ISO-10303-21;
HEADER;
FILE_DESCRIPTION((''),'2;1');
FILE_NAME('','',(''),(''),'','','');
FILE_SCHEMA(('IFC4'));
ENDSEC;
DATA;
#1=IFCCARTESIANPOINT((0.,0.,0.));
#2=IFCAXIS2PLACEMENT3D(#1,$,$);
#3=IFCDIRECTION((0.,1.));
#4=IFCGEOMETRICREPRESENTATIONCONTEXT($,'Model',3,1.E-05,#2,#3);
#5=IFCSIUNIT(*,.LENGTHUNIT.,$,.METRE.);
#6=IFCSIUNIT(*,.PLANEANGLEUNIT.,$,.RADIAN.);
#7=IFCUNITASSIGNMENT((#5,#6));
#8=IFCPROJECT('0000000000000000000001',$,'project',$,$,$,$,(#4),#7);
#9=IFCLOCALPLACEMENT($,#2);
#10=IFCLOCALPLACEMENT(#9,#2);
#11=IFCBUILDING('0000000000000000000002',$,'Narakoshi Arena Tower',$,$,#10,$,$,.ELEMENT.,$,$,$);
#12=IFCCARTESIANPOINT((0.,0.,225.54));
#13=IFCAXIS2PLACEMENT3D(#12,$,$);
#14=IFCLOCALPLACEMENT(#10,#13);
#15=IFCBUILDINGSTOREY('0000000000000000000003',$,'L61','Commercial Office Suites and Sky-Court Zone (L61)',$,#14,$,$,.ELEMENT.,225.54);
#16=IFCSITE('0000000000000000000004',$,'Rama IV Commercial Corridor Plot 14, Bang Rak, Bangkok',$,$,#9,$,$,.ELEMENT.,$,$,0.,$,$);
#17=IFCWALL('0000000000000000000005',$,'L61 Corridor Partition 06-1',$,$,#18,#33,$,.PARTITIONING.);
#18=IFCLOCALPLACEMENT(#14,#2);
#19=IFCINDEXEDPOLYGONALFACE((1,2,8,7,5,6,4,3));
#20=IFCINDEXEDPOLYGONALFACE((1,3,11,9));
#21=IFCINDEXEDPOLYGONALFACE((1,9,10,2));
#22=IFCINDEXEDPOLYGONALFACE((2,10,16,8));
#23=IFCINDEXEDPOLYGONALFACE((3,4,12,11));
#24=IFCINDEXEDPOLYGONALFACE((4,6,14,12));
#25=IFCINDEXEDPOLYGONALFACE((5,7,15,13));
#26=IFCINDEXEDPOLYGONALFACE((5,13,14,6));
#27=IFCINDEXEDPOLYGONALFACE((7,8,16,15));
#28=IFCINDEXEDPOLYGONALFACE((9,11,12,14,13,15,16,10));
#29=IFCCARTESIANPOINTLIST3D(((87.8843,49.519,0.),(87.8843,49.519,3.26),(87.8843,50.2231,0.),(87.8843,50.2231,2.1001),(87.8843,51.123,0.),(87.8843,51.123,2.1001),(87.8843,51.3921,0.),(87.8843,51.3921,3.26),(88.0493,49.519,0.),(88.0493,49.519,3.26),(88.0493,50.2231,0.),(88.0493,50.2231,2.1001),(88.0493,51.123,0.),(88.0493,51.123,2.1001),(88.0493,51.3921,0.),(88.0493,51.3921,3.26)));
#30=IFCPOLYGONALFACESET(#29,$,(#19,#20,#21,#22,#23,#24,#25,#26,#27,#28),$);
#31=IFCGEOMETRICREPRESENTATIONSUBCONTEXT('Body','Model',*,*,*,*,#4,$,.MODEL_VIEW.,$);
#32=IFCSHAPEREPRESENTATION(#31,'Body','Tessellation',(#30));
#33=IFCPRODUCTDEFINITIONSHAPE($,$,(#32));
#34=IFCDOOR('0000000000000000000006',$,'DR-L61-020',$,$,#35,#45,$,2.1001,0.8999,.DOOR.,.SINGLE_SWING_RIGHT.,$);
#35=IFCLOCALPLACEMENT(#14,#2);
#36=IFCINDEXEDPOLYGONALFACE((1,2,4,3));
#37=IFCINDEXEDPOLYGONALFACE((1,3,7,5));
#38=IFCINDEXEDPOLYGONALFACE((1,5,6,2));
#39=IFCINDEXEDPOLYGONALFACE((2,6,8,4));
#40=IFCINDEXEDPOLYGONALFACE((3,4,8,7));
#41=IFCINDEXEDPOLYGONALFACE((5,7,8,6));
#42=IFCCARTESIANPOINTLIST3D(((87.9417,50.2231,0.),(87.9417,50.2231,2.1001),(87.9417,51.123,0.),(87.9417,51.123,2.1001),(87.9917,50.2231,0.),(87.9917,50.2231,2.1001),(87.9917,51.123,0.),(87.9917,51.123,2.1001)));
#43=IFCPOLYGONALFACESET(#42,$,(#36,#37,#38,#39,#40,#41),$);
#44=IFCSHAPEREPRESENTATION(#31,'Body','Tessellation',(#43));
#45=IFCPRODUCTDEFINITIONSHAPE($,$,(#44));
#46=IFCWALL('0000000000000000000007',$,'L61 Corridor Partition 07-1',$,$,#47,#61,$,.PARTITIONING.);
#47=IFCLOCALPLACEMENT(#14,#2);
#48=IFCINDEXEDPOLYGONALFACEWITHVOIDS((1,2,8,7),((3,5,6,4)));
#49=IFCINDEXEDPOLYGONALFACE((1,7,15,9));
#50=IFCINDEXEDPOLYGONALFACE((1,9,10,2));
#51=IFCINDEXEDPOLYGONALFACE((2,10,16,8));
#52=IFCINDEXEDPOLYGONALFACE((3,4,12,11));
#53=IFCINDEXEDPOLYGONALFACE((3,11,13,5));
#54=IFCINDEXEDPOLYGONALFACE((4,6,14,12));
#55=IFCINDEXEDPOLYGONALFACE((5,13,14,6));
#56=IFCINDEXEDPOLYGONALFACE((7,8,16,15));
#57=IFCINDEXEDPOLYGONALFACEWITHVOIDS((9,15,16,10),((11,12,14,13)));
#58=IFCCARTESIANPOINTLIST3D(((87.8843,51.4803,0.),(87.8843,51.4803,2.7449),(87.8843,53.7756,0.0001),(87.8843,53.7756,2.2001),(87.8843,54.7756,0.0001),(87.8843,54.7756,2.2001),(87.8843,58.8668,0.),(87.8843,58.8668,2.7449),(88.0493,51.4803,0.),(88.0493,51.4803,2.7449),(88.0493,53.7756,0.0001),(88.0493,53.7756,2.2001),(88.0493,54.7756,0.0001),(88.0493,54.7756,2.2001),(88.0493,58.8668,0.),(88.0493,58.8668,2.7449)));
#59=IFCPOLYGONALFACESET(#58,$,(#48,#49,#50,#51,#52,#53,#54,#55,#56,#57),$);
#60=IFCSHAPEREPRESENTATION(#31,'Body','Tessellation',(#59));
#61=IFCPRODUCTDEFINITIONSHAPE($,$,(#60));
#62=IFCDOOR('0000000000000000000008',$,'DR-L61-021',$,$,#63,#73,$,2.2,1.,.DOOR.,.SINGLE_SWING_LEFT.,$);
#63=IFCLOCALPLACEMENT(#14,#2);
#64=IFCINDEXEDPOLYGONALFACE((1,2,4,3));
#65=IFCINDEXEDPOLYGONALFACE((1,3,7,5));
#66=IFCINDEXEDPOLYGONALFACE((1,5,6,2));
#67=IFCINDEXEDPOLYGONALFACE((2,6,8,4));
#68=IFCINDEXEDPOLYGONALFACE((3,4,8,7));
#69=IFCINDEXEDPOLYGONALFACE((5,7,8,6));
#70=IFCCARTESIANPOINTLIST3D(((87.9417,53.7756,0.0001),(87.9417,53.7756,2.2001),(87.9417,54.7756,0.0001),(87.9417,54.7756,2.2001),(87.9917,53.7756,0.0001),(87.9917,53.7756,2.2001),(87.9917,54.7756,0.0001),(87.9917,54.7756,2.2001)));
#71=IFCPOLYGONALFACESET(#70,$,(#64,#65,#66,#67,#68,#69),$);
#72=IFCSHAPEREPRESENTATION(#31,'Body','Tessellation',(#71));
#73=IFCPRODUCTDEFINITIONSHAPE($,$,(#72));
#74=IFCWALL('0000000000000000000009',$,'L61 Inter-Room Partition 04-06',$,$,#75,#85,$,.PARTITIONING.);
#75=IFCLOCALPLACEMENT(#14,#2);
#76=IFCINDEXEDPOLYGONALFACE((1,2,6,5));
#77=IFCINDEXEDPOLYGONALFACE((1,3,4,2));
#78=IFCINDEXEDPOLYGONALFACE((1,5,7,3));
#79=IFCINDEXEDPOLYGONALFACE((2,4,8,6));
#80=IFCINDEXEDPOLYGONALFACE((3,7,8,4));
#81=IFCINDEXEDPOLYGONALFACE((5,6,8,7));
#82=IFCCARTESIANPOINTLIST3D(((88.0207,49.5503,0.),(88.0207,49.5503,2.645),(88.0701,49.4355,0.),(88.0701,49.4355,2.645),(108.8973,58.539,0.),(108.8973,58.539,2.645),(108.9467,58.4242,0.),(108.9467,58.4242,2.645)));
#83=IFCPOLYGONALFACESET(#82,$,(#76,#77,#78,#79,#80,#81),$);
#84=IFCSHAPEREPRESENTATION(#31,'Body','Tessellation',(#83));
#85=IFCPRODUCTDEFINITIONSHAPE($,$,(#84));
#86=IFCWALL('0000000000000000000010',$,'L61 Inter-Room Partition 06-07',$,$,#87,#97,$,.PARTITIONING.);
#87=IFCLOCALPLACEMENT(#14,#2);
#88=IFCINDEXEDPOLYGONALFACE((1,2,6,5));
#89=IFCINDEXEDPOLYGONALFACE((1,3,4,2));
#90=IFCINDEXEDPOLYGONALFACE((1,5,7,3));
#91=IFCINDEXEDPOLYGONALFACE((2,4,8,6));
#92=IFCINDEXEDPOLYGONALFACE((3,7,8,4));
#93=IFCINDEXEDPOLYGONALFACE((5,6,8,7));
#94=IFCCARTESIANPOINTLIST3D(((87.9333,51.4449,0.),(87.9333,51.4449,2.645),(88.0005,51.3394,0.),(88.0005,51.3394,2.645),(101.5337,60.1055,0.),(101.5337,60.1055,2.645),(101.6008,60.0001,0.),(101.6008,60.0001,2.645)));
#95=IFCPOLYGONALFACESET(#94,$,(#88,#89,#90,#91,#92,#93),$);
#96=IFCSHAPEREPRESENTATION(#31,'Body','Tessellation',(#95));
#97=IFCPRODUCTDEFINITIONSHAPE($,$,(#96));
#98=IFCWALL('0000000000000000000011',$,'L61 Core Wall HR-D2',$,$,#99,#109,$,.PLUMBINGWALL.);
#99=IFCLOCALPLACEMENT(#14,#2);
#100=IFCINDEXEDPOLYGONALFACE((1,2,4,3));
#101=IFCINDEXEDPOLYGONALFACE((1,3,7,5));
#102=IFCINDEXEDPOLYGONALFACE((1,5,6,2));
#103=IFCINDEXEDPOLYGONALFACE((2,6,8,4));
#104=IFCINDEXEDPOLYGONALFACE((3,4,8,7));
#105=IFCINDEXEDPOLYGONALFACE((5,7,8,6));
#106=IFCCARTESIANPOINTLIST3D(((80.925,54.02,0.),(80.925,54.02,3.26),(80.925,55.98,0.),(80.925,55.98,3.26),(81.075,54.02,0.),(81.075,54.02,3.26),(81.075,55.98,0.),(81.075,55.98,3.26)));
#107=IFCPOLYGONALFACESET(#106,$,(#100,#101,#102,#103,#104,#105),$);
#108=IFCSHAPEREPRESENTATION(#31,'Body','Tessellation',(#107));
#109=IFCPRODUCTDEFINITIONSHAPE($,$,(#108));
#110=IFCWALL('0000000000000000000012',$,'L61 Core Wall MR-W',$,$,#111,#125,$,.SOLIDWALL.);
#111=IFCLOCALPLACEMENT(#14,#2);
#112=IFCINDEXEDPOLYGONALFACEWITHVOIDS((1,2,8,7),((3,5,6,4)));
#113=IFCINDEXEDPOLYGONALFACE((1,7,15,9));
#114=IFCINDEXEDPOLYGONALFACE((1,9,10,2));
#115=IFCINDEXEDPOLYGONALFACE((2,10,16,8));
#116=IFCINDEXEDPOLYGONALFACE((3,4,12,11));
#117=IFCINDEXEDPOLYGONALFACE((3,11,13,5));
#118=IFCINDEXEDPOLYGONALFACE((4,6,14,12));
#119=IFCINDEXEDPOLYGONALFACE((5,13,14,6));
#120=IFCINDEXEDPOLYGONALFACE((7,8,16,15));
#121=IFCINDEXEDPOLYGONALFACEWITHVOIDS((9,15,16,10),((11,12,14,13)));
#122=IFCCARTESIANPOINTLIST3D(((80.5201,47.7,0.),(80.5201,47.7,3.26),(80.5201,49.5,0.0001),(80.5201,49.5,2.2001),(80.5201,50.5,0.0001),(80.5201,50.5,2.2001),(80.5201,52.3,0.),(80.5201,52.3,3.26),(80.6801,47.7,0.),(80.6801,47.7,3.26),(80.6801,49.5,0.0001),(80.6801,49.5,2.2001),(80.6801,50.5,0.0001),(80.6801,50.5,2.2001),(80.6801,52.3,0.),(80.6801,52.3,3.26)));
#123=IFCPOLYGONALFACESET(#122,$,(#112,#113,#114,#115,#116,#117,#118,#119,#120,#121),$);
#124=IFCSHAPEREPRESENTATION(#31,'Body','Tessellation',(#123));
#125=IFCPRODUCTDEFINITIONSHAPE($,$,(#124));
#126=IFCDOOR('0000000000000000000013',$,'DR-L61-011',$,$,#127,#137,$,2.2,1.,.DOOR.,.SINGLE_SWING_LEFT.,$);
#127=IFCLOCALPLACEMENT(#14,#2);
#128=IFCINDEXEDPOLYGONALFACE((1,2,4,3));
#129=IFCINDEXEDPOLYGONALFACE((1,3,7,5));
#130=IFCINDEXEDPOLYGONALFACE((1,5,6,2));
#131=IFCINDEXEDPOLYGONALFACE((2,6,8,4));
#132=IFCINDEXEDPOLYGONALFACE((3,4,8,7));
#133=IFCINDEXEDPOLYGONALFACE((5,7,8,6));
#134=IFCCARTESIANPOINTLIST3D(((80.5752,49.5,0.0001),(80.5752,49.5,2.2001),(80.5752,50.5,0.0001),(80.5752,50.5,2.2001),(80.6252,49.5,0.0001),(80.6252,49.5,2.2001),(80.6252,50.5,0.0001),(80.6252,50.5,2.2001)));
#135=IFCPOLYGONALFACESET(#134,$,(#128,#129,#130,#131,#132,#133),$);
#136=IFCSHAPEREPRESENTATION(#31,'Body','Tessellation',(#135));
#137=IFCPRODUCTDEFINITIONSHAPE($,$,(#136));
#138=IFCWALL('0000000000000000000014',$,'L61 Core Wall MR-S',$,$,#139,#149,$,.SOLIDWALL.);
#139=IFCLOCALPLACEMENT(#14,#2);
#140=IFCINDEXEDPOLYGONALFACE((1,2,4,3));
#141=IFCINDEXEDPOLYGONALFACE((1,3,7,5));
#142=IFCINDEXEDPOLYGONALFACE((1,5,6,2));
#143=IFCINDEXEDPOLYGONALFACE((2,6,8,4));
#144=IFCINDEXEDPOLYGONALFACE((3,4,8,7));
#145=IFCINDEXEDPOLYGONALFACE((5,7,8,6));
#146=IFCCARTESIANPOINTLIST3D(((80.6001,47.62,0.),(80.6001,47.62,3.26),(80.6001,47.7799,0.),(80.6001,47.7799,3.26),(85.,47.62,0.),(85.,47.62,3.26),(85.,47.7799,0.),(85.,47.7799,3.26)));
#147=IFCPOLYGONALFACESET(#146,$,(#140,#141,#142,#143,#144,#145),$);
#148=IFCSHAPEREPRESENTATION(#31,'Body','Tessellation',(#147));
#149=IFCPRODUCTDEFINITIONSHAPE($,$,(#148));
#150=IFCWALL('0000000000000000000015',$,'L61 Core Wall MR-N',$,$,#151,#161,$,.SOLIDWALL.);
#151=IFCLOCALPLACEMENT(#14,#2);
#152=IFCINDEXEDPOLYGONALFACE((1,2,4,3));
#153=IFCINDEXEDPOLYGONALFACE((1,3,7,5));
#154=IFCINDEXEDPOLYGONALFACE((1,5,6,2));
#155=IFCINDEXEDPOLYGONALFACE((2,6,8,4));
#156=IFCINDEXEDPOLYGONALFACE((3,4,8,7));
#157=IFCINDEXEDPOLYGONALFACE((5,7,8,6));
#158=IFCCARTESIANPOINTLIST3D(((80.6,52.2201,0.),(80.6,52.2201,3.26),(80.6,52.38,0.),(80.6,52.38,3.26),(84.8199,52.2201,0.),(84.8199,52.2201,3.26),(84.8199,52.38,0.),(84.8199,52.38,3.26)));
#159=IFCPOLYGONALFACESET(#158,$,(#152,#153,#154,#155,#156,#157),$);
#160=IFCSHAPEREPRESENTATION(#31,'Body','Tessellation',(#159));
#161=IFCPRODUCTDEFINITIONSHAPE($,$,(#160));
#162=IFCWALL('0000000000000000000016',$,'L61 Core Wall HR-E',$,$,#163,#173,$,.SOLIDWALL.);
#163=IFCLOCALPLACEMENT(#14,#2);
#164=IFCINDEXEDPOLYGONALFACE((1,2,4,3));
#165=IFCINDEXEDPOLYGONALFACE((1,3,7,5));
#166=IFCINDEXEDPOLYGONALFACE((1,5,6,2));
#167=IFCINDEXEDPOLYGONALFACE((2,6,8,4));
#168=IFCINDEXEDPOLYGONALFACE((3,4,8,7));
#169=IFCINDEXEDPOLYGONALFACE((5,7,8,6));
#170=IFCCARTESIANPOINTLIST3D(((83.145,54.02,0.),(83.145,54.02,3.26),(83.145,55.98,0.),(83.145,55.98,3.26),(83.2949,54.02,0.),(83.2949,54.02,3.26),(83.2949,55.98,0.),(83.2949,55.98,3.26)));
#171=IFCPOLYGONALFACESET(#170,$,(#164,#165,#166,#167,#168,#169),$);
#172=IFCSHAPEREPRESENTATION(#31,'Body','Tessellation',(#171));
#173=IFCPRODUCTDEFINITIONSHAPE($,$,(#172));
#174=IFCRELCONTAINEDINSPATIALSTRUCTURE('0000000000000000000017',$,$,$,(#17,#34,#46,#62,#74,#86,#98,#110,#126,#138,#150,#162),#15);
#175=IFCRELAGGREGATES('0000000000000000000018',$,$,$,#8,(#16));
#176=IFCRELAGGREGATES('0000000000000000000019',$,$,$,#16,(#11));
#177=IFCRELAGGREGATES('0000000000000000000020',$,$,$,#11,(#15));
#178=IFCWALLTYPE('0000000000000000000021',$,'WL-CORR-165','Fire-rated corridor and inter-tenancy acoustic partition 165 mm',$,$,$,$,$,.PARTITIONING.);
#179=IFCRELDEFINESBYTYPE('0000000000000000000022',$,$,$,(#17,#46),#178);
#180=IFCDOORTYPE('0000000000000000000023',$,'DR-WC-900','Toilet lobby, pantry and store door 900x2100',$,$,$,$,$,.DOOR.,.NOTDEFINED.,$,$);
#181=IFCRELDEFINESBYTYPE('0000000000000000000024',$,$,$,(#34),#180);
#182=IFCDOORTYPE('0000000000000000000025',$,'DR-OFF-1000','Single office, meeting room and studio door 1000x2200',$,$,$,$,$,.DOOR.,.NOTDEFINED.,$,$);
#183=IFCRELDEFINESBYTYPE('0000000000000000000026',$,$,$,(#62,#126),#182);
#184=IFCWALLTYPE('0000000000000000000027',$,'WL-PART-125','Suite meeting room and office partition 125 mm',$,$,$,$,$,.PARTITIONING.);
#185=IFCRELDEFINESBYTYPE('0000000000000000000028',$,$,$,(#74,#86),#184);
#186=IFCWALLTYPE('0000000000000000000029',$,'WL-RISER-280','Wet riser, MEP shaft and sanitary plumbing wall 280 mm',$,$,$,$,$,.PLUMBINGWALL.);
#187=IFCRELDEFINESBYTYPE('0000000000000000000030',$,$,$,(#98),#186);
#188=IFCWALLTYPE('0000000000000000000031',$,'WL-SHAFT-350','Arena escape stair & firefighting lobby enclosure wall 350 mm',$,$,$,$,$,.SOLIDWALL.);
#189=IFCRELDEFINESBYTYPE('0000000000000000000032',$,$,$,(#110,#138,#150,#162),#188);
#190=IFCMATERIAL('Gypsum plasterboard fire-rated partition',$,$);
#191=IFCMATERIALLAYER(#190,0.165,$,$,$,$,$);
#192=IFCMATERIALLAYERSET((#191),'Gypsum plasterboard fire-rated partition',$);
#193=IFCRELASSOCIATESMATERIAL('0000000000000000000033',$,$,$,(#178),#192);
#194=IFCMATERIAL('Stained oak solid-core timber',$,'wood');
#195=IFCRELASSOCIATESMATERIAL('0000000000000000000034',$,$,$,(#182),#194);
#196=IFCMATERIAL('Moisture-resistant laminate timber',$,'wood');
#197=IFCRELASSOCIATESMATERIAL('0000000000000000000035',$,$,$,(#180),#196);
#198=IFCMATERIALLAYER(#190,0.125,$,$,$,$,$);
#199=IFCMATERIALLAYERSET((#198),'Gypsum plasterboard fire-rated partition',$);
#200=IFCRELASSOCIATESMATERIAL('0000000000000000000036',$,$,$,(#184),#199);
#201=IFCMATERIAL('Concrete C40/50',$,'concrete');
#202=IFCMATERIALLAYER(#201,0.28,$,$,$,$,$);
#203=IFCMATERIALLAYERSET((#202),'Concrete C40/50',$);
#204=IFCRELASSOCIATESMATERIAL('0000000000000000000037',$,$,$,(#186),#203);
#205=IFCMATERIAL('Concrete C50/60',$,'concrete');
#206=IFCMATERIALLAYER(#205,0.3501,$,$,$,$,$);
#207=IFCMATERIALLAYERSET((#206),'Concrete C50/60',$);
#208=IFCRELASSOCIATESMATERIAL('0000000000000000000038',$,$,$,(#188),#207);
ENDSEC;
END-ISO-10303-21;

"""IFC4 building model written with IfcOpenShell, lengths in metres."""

from ifc_helpers import new_model, si_unit, direction, frame, frame_2d, origin, place, context, subcontext, project, spatial, rectangle, extrude, material, layer, layer_set, type_object, element, fill, save


model = new_model("IFC4")

# Units and contexts
model_context = context("Model", 3, precision=1e-05, world=origin(), true_north=direction((0.0, 1.0)))
body_context = subcontext(model_context, "Body", "Model", "MODEL_VIEW")
ifc_project = project(units=[si_unit("LENGTHUNIT", "METRE"), si_unit("PLANEANGLEUNIT", "RADIAN")], contexts=[model_context])

# Site, building, storey
site_placement = place(None, origin())
site = spatial("IfcSite", under=ifc_project, at=site_placement, Name="Rama IV Commercial Corridor Plot 14, Bang Rak, Bangkok", CompositionType="ELEMENT", RefElevation=0.0)
building_placement = place(site_placement, origin())
building = spatial("IfcBuilding", under=site, at=building_placement, Name="Narakoshi Arena Tower", CompositionType="ELEMENT")
storey_placement = place(building_placement, frame((0.0, 0.0, 225.54)))
storey = spatial("IfcBuildingStorey", under=building, at=storey_placement, Name="L61", Description="Commercial Office Suites and Sky-Court Zone (L61)", CompositionType="ELEMENT", Elevation=225.54)

# Shared definitions
ifc_material_1 = material(Name="Concrete C50/60", Category="concrete")

# Shared definitions
ifc_material_2 = material(Name="Gypsum plasterboard fire-rated partition")
ifc_layer_1 = layer(ifc_material_2, 0.165)
ifc_layer_set_1 = layer_set([ifc_layer_1], Name="Gypsum plasterboard fire-rated partition")
wall_type_1 = type_object("IfcWallType", Name="WL-CORR-165", Description="Fire-rated corridor and inter-tenancy acoustic partition 165 mm", PredefinedType="PARTITIONING", material=ifc_layer_set_1)
ifc_material_3 = material(Name="Stained oak solid-core timber", Category="wood")
door_type_1 = type_object("IfcDoorType", Name="DR-OFF-1000", Description="Single office, meeting room and studio door 1000x2200", OperationType="NOTDEFINED", PredefinedType="DOOR", material=ifc_material_3)
ifc_material_4 = material(Name="Moisture-resistant laminate timber", Category="wood")
door_type_2 = type_object("IfcDoorType", Name="DR-WC-900", Description="Toilet lobby, pantry and store door 900x2100", OperationType="NOTDEFINED", PredefinedType="DOOR", material=ifc_material_4)

# Walls, openings, doors
wall_1_placement = place(storey_placement, frame((87.9668, 49.519, 0.0), z_axis=(0.0, 0.0, 1.0), x_axis=(0.0, 1.0, 0.0)))
wall_1 = element("IfcWall", 1, at=wall_1_placement, inside=storey, type_object=wall_type_1, Name="L61 Corridor Partition 06-1", PredefinedType="PARTITIONING", context=body_context, shape_type="SweptSolid", body=[
    extrude(rectangle(XDim=1.873, YDim=0.165, at=frame_2d((0.9365, 0.0))), origin(), (0.0, 0.0, 1.0), 3.26),
])
opening_1_placement = place(wall_1_placement, frame((0.7041, 0.0, 0.0)))
opening_1 = element("IfcOpeningElement", 2, at=opening_1_placement, cuts=wall_1, PredefinedType="OPENING", context=body_context, shape_type="SweptSolid", body=[
    extrude(rectangle(XDim=0.8999, YDim=2.1001, at=frame_2d((0.45, 1.05))), frame((0.0, 0.0925, 0.0), z_axis=(0.0, -1.0, 0.0), x_axis=(1.0, 0.0, 0.0)), (0.0, 0.0, 1.0), 0.1851),
])
door_1_placement = place(opening_1_placement, frame((0.8999, 0.0, 0.0), z_axis=(0.0, 0.0, 1.0), x_axis=(-1.0, 0.0, 0.0)))
door_1 = element("IfcDoor", 3, at=door_1_placement, inside=storey, type_object=door_type_2, Name="DR-L61-020", OperationType="SINGLE_SWING_RIGHT", OverallHeight=2.1001, OverallWidth=0.8999, PredefinedType="DOOR", context=body_context, shape_type="SweptSolid", body=[
    extrude(rectangle(XDim=0.8999, YDim=2.1001, at=frame_2d((0.45, 1.05))), frame((0.0, 0.0249, 0.0), z_axis=(0.0, -1.0, 0.0), x_axis=(1.0, 0.0, 0.0)), (0.0, 0.0, 1.0), 0.05),
])
fill(opening_1, door_1)
wall_2_placement = place(storey_placement, frame((87.9668, 51.4802, 0.0), z_axis=(0.0, 0.0, 1.0), x_axis=(0.0, 1.0, 0.0)))
wall_2 = element("IfcWall", 4, at=wall_2_placement, inside=storey, type_object=wall_type_1, Name="L61 Corridor Partition 07-1", PredefinedType="PARTITIONING", context=body_context, shape_type="SweptSolid", body=[
    extrude(rectangle(XDim=7.3865, YDim=0.165, at=frame_2d((3.6934, 0.0))), origin(), (0.0, 0.0, 1.0), 2.7449),
])
opening_2_placement = place(wall_2_placement, frame((2.2954, 0.0, 0.0)))
opening_2 = element("IfcOpeningElement", 5, at=opening_2_placement, cuts=wall_2, PredefinedType="OPENING", context=body_context, shape_type="SweptSolid", body=[
    extrude(rectangle(XDim=1.0, YDim=2.2, at=frame_2d((0.5, 1.1001))), frame((0.0, 0.0925, 0.0), z_axis=(0.0, -1.0, 0.0), x_axis=(1.0, 0.0, 0.0)), (0.0, 0.0, 1.0), 0.1851),
])
door_2_placement = place(opening_2_placement, frame((1.0, 0.0, 0.0), z_axis=(0.0, 0.0, 1.0), x_axis=(-1.0, 0.0, 0.0)))
door_2 = element("IfcDoor", 6, at=door_2_placement, inside=storey, type_object=door_type_1, Name="DR-L61-021", OperationType="SINGLE_SWING_LEFT", OverallHeight=2.2, OverallWidth=1.0, PredefinedType="DOOR", context=body_context, shape_type="SweptSolid", body=[
    extrude(rectangle(XDim=1.0, YDim=2.2, at=frame_2d((0.5, 1.1001))), frame((0.0, 0.0249, 0.0), z_axis=(0.0, -1.0, 0.0), x_axis=(1.0, 0.0, 0.0)), (0.0, 0.0, 1.0), 0.05),
])
fill(opening_2, door_2)

# Walls
ifc_layer_2 = layer(ifc_material_2, 0.125)
ifc_layer_set_2 = layer_set([ifc_layer_2], Name="Gypsum plasterboard fire-rated partition")
wall_type_2 = type_object("IfcWallType", Name="WL-PART-125", Description="Suite meeting room and office partition 125 mm", PredefinedType="PARTITIONING", material=ifc_layer_set_2)
wall_3_placement = place(storey_placement, frame((88.0454, 49.4929, 0.0), z_axis=(0.0, 0.0, 1.0), x_axis=(0.918481, 0.395465, 0.0)))
element("IfcWall", 7, at=wall_3_placement, inside=storey, type_object=wall_type_2, Name="L61 Inter-Room Partition 04-06", PredefinedType="PARTITIONING", context=body_context, shape_type="SweptSolid", body=[
    extrude(rectangle(XDim=22.7295, YDim=0.125, at=frame_2d((11.3647, 0.0))), origin(), (0.0, 0.0, 1.0), 2.645),
])
wall_4_placement = place(storey_placement, frame((87.9668, 51.3921, 0.0), z_axis=(0.0, 0.0, 1.0), x_axis=(0.843496, 0.537135, 0.0)))
element("IfcWall", 8, at=wall_4_placement, inside=storey, type_object=wall_type_2, Name="L61 Inter-Room Partition 06-07", PredefinedType="PARTITIONING", context=body_context, shape_type="SweptSolid", body=[
    extrude(rectangle(XDim=16.1238, YDim=0.125, at=frame_2d((8.062, 0.0))), origin(), (0.0, 0.0, 1.0), 2.645),
])
ifc_material_5 = material(Name="Concrete C40/50", Category="concrete")
ifc_layer_3 = layer(ifc_material_5, 0.28)
ifc_layer_set_3 = layer_set([ifc_layer_3], Name="Concrete C40/50")
wall_type_3 = type_object("IfcWallType", Name="WL-RISER-280", Description="Wet riser, MEP shaft and sanitary plumbing wall 280 mm", PredefinedType="PLUMBINGWALL", material=ifc_layer_set_3)
wall_5_placement = place(storey_placement, frame((81.0, 54.02, 0.0), z_axis=(0.0, 0.0, 1.0), x_axis=(0.0, 1.0, 0.0)))
element("IfcWall", 9, at=wall_5_placement, inside=storey, type_object=wall_type_3, Name="L61 Core Wall HR-D2", PredefinedType="PLUMBINGWALL", context=body_context, shape_type="SweptSolid", body=[
    extrude(rectangle(XDim=1.96, YDim=0.1499, at=frame_2d((0.98, 0.0))), origin(), (0.0, 0.0, 1.0), 3.26),
])

# Wall, opening, door
ifc_layer_4 = layer(ifc_material_1, 0.3501)
ifc_layer_set_4 = layer_set([ifc_layer_4], Name="Concrete C50/60")
wall_type_4 = type_object("IfcWallType", Name="WL-SHAFT-350", Description="Arena escape stair & firefighting lobby enclosure wall 350 mm", PredefinedType="SOLIDWALL", material=ifc_layer_set_4)
wall_6_placement = place(storey_placement, frame((80.6001, 47.7, 0.0), z_axis=(0.0, 0.0, 1.0), x_axis=(0.0, 1.0, 0.0)))
wall_6 = element("IfcWall", 10, at=wall_6_placement, inside=storey, type_object=wall_type_4, Name="L61 Core Wall MR-W", PredefinedType="SOLIDWALL", context=body_context, shape_type="SweptSolid", body=[
    extrude(rectangle(XDim=4.6001, YDim=0.1599, at=frame_2d((2.3, 0.0))), origin(), (0.0, 0.0, 1.0), 3.26),
])
opening_3_placement = place(wall_6_placement, frame((1.8, 0.0, 0.0)))
opening_3 = element("IfcOpeningElement", 11, at=opening_3_placement, cuts=wall_6, PredefinedType="OPENING", context=body_context, shape_type="SweptSolid", body=[
    extrude(rectangle(XDim=1.0, YDim=2.2, at=frame_2d((0.5, 1.1001))), frame((0.0, 0.0898, 0.0), z_axis=(0.0, -1.0, 0.0), x_axis=(1.0, 0.0, 0.0)), (0.0, 0.0, 1.0), 0.1799),
])
door_3_placement = place(opening_3_placement, origin())
door_3 = element("IfcDoor", 12, at=door_3_placement, inside=storey, type_object=door_type_1, Name="DR-L61-011", OperationType="SINGLE_SWING_LEFT", OverallHeight=2.2, OverallWidth=1.0, PredefinedType="DOOR", context=body_context, shape_type="SweptSolid", body=[
    extrude(rectangle(XDim=1.0, YDim=2.2, at=frame_2d((0.5, 1.1001))), frame((0.0, 0.0249, 0.0), z_axis=(0.0, -1.0, 0.0), x_axis=(1.0, 0.0, 0.0)), (0.0, 0.0, 1.0), 0.05),
])
fill(opening_3, door_3)

# Walls
wall_7_placement = place(storey_placement, frame((80.6001, 47.7, 0.0), z_axis=(0.0, 0.0, 1.0), x_axis=(1.0, 0.0, 0.0)))
element("IfcWall", 13, at=wall_7_placement, inside=storey, type_object=wall_type_4, Name="L61 Core Wall MR-S", PredefinedType="SOLIDWALL", context=body_context, shape_type="SweptSolid", body=[
    extrude(rectangle(XDim=4.3999, YDim=0.1599, at=frame_2d((2.2, 0.0))), origin(), (0.0, 0.0, 1.0), 3.26),
])
wall_8_placement = place(storey_placement, frame((80.6001, 52.3, 0.0), z_axis=(0.0, 0.0, 1.0), x_axis=(1.0, 0.0, 0.0)))
element("IfcWall", 14, at=wall_8_placement, inside=storey, type_object=wall_type_4, Name="L61 Core Wall MR-N", PredefinedType="SOLIDWALL", context=body_context, shape_type="SweptSolid", body=[
    extrude(rectangle(XDim=4.22, YDim=0.1599, at=frame_2d((2.1099, 0.0))), origin(), (0.0, 0.0, 1.0), 3.26),
])
wall_9_placement = place(storey_placement, frame((83.22, 54.02, 0.0), z_axis=(0.0, 0.0, 1.0), x_axis=(0.0, 1.0, 0.0)))
element("IfcWall", 15, at=wall_9_placement, inside=storey, type_object=wall_type_4, Name="L61 Core Wall HR-E", PredefinedType="SOLIDWALL", context=body_context, shape_type="SweptSolid", body=[
    extrude(rectangle(XDim=1.96, YDim=0.1499, at=frame_2d((0.98, 0.0))), origin(), (0.0, 0.0, 1.0), 3.26),
])

save(model, "model.ifc")
